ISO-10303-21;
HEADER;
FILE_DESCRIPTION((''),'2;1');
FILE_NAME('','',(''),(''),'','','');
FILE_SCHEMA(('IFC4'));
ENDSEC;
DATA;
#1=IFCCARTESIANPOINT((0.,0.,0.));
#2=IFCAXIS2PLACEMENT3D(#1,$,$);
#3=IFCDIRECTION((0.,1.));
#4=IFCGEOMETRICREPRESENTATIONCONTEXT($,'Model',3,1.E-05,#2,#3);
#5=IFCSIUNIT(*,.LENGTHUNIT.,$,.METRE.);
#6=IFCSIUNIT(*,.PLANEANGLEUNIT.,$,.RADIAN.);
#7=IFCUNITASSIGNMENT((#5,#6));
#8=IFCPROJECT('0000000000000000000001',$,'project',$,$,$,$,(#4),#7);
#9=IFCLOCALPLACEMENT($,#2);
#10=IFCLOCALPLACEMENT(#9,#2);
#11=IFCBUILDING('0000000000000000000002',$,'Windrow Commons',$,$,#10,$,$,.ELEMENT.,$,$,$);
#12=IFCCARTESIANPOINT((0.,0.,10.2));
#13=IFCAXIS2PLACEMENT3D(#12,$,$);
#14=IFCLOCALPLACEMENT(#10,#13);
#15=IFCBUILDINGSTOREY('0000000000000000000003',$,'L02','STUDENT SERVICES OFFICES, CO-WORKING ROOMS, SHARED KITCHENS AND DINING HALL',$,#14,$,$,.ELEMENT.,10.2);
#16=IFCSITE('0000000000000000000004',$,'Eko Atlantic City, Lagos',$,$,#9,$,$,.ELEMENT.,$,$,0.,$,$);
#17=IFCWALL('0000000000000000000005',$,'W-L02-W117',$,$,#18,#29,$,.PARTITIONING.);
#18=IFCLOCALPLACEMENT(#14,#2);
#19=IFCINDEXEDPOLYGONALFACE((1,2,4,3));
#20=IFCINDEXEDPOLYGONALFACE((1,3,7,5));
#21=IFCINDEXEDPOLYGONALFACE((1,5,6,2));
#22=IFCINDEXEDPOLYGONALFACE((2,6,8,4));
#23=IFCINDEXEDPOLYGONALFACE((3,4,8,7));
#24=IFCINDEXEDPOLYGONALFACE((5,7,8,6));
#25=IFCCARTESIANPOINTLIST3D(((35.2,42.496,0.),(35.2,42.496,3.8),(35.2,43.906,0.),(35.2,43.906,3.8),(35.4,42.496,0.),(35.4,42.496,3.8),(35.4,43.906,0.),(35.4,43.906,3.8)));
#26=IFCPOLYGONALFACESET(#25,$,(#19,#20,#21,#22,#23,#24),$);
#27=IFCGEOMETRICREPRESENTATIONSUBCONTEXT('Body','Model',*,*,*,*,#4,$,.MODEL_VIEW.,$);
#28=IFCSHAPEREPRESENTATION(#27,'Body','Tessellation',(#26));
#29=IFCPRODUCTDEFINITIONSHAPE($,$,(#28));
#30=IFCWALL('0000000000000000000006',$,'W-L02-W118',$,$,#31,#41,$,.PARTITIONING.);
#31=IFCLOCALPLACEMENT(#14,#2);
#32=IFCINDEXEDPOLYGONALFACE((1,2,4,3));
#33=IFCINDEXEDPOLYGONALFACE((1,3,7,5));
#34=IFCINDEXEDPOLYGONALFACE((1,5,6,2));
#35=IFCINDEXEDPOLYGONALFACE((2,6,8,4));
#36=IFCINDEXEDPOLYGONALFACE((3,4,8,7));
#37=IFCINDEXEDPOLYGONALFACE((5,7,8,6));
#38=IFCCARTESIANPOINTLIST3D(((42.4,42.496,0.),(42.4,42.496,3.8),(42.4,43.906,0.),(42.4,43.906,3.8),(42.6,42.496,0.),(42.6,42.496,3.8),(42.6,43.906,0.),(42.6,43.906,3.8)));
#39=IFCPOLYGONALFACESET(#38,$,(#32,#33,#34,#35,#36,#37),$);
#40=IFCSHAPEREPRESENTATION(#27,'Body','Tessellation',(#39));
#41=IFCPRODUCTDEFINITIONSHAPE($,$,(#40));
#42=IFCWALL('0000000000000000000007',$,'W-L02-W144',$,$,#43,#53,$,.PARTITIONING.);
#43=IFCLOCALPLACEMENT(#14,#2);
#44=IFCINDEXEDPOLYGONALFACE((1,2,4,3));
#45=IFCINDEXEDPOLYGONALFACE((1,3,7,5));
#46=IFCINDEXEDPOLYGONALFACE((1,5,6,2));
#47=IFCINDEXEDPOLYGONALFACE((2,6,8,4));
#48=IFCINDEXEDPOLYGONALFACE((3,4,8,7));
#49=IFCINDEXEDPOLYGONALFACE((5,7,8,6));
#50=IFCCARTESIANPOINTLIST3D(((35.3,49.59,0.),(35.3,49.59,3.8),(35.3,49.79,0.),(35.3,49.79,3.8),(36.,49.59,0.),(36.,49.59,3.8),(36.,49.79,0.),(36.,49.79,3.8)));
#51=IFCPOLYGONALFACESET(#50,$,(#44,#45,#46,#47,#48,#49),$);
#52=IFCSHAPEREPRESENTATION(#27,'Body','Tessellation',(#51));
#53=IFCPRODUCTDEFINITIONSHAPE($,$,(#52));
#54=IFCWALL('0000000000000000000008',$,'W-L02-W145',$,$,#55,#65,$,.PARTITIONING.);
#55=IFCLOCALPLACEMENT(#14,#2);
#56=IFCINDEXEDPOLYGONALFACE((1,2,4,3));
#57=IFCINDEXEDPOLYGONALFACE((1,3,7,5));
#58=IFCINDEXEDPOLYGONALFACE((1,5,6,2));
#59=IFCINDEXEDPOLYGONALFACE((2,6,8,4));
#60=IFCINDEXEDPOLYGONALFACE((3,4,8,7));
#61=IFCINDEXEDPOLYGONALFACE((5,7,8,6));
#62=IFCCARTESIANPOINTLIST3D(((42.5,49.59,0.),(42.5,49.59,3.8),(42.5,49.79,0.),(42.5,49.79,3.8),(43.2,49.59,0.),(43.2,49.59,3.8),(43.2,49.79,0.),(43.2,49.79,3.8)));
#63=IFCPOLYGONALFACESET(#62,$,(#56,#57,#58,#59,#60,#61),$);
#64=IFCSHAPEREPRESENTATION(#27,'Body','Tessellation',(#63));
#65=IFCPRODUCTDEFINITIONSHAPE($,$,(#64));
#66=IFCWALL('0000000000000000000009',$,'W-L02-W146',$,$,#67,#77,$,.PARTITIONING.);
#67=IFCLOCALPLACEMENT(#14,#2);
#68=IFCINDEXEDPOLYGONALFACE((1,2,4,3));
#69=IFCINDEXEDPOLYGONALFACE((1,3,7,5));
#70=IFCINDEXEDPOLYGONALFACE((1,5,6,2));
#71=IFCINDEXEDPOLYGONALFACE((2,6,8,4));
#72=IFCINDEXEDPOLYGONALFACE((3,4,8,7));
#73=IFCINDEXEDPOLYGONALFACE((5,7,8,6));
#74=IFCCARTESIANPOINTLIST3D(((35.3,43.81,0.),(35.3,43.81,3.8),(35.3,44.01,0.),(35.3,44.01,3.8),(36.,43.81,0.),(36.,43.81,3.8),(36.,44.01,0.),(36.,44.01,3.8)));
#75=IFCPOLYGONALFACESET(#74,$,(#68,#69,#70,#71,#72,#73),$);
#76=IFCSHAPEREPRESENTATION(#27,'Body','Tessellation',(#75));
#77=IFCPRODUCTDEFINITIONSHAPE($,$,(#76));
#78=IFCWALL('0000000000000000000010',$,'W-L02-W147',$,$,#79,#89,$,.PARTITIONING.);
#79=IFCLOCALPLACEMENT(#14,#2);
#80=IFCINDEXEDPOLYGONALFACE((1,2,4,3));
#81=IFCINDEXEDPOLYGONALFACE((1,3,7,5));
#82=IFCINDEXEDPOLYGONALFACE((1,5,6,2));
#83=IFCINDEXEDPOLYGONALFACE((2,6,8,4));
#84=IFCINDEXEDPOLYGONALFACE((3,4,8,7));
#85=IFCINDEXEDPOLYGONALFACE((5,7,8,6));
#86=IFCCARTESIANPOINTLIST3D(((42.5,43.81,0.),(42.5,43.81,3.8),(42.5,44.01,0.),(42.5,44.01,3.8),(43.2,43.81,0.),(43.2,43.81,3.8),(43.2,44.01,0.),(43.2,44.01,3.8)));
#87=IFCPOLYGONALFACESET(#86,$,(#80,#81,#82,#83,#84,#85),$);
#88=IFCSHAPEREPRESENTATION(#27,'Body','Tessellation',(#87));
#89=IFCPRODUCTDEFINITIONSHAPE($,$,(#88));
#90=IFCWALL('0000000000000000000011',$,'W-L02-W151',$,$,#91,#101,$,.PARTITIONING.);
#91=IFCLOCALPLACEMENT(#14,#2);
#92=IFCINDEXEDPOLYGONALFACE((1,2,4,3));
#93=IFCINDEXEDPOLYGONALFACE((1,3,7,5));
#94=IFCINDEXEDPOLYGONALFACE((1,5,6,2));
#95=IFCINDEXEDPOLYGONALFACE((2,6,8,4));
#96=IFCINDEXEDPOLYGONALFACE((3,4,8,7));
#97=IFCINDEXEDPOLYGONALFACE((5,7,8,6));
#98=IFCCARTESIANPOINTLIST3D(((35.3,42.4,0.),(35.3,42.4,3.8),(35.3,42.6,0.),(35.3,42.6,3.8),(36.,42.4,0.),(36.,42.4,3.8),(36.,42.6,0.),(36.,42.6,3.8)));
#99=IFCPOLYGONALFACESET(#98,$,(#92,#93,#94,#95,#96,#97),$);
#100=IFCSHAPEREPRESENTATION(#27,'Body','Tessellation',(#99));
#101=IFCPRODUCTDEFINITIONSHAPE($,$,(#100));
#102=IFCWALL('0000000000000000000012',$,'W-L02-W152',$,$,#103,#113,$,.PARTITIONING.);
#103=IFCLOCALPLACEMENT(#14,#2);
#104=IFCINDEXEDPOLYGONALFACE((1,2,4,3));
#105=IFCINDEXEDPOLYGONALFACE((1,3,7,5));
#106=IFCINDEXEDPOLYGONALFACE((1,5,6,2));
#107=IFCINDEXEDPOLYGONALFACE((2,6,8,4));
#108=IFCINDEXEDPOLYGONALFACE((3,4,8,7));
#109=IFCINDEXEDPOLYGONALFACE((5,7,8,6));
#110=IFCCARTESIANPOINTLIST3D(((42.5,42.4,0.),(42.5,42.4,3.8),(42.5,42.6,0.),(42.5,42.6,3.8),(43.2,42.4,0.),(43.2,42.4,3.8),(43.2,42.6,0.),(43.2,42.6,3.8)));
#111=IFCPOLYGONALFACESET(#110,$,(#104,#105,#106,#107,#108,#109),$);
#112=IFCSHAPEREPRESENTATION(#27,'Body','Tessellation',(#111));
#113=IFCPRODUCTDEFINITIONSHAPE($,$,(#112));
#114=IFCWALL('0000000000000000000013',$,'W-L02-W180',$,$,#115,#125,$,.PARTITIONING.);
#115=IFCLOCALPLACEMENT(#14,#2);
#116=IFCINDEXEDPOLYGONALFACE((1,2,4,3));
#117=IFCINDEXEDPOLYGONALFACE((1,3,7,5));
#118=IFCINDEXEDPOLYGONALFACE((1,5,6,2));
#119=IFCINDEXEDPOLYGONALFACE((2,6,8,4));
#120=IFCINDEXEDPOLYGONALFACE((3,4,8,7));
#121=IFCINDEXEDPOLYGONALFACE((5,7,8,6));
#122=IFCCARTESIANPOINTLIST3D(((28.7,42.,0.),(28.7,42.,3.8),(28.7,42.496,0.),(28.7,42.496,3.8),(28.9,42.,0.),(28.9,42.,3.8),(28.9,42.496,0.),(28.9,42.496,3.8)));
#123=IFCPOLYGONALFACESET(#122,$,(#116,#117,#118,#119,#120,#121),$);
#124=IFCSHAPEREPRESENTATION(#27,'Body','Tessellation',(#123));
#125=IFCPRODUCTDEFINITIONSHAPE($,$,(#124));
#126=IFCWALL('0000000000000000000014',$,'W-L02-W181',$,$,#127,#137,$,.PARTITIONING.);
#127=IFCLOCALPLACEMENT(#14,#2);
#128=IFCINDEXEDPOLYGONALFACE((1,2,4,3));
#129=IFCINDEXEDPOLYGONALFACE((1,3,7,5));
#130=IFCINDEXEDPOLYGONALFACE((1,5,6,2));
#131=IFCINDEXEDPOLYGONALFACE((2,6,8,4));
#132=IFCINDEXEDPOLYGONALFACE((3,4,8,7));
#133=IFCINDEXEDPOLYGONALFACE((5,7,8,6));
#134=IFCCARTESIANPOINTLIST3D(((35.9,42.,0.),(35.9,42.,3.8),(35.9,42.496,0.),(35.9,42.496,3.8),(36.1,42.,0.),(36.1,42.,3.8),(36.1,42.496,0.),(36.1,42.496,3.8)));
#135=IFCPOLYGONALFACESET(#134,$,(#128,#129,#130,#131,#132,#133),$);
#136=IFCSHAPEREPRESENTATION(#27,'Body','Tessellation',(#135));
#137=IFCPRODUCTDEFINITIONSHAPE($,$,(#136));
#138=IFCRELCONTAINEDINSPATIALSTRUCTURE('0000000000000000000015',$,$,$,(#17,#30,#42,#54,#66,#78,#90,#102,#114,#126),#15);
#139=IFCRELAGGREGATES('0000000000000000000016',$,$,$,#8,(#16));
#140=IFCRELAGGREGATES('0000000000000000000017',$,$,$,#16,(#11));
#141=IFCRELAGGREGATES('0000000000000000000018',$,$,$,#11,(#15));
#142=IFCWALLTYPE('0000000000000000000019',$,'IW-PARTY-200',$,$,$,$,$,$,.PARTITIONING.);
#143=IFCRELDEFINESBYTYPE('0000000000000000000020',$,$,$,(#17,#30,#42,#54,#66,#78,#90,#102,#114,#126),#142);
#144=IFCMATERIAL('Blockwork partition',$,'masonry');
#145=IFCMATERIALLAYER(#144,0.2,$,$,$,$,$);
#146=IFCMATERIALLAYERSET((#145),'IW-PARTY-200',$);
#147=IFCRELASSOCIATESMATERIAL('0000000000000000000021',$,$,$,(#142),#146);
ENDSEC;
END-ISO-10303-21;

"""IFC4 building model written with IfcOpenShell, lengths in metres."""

from ifc_helpers import new_model, si_unit, direction, frame, frame_2d, origin, place, context, subcontext, project, spatial, rectangle, extrude, material, layer, layer_set, type_object, element, save


model = new_model("IFC4")

# Units and contexts
model_context = context("Model", 3, precision=1e-05, world=origin(), true_north=direction((0.0, 1.0)))
body_context = subcontext(model_context, "Body", "Model", "MODEL_VIEW")
ifc_project = project(units=[si_unit("LENGTHUNIT", "METRE"), si_unit("PLANEANGLEUNIT", "RADIAN")], contexts=[model_context])

# Site, building, storey
site_placement = place(None, origin())
site = spatial("IfcSite", under=ifc_project, at=site_placement, Name="Eko Atlantic City, Lagos", CompositionType="ELEMENT", RefElevation=0.0)
building_placement = place(site_placement, origin())
building = spatial("IfcBuilding", under=site, at=building_placement, Name="Windrow Commons", CompositionType="ELEMENT")
storey_placement = place(building_placement, frame((0.0, 0.0, 10.2)))
storey = spatial("IfcBuildingStorey", under=building, at=storey_placement, Name="L02", Description="STUDENT SERVICES OFFICES, CO-WORKING ROOMS, SHARED KITCHENS AND DINING HALL", CompositionType="ELEMENT", Elevation=10.2)

# Walls
ifc_material_1 = material(Name="Blockwork partition", Category="masonry")
ifc_layer = layer(ifc_material_1, 0.2)
ifc_layer_set = layer_set([ifc_layer], Name="IW-PARTY-200")
wall_type = type_object("IfcWallType", Name="IW-PARTY-200", PredefinedType="PARTITIONING", material=ifc_layer_set)
for number, where, z_axis, x_axis, name in (
    (1, (35.3, 42.496, 0.0), (0.0, 0.0, 1.0), (0.0, 1.0, 0.0), "W-L02-W117"),
    (2, (42.5, 42.496, 0.0), (0.0, 0.0, 1.0), (0.0, 1.0, 0.0), "W-L02-W118"),
):
    element("IfcWall", number, at=place(storey_placement, frame(where, z_axis=z_axis, x_axis=x_axis)), inside=storey, type_object=wall_type, Name=name, PredefinedType="PARTITIONING", context=body_context, shape_type="SweptSolid", body=[
        extrude(rectangle(XDim=1.41, YDim=0.2, at=frame_2d((0.705, 0.0))), origin(), (0.0, 0.0, 1.0), 3.8),
    ])
for number, where, z_axis, x_axis, name in (
    (3, (35.3, 49.69, 0.0), (0.0, 0.0, 1.0), (1.0, 0.0, 0.0), "W-L02-W144"),
    (4, (42.5, 49.69, 0.0), (0.0, 0.0, 1.0), (1.0, 0.0, 0.0), "W-L02-W145"),
    (5, (35.3, 43.91, 0.0), (0.0, 0.0, 1.0), (1.0, 0.0, 0.0), "W-L02-W146"),
    (6, (42.5, 43.91, 0.0), (0.0, 0.0, 1.0), (1.0, 0.0, 0.0), "W-L02-W147"),
    (7, (35.3, 42.5, 0.0), (0.0, 0.0, 1.0), (1.0, 0.0, 0.0), "W-L02-W151"),
    (8, (42.5, 42.5, 0.0), (0.0, 0.0, 1.0), (1.0, 0.0, 0.0), "W-L02-W152"),
):
    element("IfcWall", number, at=place(storey_placement, frame(where, z_axis=z_axis, x_axis=x_axis)), inside=storey, type_object=wall_type, Name=name, PredefinedType="PARTITIONING", context=body_context, shape_type="SweptSolid", body=[
        extrude(rectangle(XDim=0.7, YDim=0.2, at=frame_2d((0.35, 0.0))), origin(), (0.0, 0.0, 1.0), 3.8),
    ])
for number, where, z_axis, x_axis, name in (
    (9, (28.8, 42.0, 0.0), (0.0, 0.0, 1.0), (0.0, 1.0, 0.0), "W-L02-W180"),
    (10, (36.0, 42.0, 0.0), (0.0, 0.0, 1.0), (0.0, 1.0, 0.0), "W-L02-W181"),
):
    element("IfcWall", number, at=place(storey_placement, frame(where, z_axis=z_axis, x_axis=x_axis)), inside=storey, type_object=wall_type, Name=name, PredefinedType="PARTITIONING", context=body_context, shape_type="SweptSolid", body=[
        extrude(rectangle(XDim=0.496, YDim=0.2, at=frame_2d((0.248, 0.0))), origin(), (0.0, 0.0, 1.0), 3.8),
    ])

save(model, "model.ifc")
